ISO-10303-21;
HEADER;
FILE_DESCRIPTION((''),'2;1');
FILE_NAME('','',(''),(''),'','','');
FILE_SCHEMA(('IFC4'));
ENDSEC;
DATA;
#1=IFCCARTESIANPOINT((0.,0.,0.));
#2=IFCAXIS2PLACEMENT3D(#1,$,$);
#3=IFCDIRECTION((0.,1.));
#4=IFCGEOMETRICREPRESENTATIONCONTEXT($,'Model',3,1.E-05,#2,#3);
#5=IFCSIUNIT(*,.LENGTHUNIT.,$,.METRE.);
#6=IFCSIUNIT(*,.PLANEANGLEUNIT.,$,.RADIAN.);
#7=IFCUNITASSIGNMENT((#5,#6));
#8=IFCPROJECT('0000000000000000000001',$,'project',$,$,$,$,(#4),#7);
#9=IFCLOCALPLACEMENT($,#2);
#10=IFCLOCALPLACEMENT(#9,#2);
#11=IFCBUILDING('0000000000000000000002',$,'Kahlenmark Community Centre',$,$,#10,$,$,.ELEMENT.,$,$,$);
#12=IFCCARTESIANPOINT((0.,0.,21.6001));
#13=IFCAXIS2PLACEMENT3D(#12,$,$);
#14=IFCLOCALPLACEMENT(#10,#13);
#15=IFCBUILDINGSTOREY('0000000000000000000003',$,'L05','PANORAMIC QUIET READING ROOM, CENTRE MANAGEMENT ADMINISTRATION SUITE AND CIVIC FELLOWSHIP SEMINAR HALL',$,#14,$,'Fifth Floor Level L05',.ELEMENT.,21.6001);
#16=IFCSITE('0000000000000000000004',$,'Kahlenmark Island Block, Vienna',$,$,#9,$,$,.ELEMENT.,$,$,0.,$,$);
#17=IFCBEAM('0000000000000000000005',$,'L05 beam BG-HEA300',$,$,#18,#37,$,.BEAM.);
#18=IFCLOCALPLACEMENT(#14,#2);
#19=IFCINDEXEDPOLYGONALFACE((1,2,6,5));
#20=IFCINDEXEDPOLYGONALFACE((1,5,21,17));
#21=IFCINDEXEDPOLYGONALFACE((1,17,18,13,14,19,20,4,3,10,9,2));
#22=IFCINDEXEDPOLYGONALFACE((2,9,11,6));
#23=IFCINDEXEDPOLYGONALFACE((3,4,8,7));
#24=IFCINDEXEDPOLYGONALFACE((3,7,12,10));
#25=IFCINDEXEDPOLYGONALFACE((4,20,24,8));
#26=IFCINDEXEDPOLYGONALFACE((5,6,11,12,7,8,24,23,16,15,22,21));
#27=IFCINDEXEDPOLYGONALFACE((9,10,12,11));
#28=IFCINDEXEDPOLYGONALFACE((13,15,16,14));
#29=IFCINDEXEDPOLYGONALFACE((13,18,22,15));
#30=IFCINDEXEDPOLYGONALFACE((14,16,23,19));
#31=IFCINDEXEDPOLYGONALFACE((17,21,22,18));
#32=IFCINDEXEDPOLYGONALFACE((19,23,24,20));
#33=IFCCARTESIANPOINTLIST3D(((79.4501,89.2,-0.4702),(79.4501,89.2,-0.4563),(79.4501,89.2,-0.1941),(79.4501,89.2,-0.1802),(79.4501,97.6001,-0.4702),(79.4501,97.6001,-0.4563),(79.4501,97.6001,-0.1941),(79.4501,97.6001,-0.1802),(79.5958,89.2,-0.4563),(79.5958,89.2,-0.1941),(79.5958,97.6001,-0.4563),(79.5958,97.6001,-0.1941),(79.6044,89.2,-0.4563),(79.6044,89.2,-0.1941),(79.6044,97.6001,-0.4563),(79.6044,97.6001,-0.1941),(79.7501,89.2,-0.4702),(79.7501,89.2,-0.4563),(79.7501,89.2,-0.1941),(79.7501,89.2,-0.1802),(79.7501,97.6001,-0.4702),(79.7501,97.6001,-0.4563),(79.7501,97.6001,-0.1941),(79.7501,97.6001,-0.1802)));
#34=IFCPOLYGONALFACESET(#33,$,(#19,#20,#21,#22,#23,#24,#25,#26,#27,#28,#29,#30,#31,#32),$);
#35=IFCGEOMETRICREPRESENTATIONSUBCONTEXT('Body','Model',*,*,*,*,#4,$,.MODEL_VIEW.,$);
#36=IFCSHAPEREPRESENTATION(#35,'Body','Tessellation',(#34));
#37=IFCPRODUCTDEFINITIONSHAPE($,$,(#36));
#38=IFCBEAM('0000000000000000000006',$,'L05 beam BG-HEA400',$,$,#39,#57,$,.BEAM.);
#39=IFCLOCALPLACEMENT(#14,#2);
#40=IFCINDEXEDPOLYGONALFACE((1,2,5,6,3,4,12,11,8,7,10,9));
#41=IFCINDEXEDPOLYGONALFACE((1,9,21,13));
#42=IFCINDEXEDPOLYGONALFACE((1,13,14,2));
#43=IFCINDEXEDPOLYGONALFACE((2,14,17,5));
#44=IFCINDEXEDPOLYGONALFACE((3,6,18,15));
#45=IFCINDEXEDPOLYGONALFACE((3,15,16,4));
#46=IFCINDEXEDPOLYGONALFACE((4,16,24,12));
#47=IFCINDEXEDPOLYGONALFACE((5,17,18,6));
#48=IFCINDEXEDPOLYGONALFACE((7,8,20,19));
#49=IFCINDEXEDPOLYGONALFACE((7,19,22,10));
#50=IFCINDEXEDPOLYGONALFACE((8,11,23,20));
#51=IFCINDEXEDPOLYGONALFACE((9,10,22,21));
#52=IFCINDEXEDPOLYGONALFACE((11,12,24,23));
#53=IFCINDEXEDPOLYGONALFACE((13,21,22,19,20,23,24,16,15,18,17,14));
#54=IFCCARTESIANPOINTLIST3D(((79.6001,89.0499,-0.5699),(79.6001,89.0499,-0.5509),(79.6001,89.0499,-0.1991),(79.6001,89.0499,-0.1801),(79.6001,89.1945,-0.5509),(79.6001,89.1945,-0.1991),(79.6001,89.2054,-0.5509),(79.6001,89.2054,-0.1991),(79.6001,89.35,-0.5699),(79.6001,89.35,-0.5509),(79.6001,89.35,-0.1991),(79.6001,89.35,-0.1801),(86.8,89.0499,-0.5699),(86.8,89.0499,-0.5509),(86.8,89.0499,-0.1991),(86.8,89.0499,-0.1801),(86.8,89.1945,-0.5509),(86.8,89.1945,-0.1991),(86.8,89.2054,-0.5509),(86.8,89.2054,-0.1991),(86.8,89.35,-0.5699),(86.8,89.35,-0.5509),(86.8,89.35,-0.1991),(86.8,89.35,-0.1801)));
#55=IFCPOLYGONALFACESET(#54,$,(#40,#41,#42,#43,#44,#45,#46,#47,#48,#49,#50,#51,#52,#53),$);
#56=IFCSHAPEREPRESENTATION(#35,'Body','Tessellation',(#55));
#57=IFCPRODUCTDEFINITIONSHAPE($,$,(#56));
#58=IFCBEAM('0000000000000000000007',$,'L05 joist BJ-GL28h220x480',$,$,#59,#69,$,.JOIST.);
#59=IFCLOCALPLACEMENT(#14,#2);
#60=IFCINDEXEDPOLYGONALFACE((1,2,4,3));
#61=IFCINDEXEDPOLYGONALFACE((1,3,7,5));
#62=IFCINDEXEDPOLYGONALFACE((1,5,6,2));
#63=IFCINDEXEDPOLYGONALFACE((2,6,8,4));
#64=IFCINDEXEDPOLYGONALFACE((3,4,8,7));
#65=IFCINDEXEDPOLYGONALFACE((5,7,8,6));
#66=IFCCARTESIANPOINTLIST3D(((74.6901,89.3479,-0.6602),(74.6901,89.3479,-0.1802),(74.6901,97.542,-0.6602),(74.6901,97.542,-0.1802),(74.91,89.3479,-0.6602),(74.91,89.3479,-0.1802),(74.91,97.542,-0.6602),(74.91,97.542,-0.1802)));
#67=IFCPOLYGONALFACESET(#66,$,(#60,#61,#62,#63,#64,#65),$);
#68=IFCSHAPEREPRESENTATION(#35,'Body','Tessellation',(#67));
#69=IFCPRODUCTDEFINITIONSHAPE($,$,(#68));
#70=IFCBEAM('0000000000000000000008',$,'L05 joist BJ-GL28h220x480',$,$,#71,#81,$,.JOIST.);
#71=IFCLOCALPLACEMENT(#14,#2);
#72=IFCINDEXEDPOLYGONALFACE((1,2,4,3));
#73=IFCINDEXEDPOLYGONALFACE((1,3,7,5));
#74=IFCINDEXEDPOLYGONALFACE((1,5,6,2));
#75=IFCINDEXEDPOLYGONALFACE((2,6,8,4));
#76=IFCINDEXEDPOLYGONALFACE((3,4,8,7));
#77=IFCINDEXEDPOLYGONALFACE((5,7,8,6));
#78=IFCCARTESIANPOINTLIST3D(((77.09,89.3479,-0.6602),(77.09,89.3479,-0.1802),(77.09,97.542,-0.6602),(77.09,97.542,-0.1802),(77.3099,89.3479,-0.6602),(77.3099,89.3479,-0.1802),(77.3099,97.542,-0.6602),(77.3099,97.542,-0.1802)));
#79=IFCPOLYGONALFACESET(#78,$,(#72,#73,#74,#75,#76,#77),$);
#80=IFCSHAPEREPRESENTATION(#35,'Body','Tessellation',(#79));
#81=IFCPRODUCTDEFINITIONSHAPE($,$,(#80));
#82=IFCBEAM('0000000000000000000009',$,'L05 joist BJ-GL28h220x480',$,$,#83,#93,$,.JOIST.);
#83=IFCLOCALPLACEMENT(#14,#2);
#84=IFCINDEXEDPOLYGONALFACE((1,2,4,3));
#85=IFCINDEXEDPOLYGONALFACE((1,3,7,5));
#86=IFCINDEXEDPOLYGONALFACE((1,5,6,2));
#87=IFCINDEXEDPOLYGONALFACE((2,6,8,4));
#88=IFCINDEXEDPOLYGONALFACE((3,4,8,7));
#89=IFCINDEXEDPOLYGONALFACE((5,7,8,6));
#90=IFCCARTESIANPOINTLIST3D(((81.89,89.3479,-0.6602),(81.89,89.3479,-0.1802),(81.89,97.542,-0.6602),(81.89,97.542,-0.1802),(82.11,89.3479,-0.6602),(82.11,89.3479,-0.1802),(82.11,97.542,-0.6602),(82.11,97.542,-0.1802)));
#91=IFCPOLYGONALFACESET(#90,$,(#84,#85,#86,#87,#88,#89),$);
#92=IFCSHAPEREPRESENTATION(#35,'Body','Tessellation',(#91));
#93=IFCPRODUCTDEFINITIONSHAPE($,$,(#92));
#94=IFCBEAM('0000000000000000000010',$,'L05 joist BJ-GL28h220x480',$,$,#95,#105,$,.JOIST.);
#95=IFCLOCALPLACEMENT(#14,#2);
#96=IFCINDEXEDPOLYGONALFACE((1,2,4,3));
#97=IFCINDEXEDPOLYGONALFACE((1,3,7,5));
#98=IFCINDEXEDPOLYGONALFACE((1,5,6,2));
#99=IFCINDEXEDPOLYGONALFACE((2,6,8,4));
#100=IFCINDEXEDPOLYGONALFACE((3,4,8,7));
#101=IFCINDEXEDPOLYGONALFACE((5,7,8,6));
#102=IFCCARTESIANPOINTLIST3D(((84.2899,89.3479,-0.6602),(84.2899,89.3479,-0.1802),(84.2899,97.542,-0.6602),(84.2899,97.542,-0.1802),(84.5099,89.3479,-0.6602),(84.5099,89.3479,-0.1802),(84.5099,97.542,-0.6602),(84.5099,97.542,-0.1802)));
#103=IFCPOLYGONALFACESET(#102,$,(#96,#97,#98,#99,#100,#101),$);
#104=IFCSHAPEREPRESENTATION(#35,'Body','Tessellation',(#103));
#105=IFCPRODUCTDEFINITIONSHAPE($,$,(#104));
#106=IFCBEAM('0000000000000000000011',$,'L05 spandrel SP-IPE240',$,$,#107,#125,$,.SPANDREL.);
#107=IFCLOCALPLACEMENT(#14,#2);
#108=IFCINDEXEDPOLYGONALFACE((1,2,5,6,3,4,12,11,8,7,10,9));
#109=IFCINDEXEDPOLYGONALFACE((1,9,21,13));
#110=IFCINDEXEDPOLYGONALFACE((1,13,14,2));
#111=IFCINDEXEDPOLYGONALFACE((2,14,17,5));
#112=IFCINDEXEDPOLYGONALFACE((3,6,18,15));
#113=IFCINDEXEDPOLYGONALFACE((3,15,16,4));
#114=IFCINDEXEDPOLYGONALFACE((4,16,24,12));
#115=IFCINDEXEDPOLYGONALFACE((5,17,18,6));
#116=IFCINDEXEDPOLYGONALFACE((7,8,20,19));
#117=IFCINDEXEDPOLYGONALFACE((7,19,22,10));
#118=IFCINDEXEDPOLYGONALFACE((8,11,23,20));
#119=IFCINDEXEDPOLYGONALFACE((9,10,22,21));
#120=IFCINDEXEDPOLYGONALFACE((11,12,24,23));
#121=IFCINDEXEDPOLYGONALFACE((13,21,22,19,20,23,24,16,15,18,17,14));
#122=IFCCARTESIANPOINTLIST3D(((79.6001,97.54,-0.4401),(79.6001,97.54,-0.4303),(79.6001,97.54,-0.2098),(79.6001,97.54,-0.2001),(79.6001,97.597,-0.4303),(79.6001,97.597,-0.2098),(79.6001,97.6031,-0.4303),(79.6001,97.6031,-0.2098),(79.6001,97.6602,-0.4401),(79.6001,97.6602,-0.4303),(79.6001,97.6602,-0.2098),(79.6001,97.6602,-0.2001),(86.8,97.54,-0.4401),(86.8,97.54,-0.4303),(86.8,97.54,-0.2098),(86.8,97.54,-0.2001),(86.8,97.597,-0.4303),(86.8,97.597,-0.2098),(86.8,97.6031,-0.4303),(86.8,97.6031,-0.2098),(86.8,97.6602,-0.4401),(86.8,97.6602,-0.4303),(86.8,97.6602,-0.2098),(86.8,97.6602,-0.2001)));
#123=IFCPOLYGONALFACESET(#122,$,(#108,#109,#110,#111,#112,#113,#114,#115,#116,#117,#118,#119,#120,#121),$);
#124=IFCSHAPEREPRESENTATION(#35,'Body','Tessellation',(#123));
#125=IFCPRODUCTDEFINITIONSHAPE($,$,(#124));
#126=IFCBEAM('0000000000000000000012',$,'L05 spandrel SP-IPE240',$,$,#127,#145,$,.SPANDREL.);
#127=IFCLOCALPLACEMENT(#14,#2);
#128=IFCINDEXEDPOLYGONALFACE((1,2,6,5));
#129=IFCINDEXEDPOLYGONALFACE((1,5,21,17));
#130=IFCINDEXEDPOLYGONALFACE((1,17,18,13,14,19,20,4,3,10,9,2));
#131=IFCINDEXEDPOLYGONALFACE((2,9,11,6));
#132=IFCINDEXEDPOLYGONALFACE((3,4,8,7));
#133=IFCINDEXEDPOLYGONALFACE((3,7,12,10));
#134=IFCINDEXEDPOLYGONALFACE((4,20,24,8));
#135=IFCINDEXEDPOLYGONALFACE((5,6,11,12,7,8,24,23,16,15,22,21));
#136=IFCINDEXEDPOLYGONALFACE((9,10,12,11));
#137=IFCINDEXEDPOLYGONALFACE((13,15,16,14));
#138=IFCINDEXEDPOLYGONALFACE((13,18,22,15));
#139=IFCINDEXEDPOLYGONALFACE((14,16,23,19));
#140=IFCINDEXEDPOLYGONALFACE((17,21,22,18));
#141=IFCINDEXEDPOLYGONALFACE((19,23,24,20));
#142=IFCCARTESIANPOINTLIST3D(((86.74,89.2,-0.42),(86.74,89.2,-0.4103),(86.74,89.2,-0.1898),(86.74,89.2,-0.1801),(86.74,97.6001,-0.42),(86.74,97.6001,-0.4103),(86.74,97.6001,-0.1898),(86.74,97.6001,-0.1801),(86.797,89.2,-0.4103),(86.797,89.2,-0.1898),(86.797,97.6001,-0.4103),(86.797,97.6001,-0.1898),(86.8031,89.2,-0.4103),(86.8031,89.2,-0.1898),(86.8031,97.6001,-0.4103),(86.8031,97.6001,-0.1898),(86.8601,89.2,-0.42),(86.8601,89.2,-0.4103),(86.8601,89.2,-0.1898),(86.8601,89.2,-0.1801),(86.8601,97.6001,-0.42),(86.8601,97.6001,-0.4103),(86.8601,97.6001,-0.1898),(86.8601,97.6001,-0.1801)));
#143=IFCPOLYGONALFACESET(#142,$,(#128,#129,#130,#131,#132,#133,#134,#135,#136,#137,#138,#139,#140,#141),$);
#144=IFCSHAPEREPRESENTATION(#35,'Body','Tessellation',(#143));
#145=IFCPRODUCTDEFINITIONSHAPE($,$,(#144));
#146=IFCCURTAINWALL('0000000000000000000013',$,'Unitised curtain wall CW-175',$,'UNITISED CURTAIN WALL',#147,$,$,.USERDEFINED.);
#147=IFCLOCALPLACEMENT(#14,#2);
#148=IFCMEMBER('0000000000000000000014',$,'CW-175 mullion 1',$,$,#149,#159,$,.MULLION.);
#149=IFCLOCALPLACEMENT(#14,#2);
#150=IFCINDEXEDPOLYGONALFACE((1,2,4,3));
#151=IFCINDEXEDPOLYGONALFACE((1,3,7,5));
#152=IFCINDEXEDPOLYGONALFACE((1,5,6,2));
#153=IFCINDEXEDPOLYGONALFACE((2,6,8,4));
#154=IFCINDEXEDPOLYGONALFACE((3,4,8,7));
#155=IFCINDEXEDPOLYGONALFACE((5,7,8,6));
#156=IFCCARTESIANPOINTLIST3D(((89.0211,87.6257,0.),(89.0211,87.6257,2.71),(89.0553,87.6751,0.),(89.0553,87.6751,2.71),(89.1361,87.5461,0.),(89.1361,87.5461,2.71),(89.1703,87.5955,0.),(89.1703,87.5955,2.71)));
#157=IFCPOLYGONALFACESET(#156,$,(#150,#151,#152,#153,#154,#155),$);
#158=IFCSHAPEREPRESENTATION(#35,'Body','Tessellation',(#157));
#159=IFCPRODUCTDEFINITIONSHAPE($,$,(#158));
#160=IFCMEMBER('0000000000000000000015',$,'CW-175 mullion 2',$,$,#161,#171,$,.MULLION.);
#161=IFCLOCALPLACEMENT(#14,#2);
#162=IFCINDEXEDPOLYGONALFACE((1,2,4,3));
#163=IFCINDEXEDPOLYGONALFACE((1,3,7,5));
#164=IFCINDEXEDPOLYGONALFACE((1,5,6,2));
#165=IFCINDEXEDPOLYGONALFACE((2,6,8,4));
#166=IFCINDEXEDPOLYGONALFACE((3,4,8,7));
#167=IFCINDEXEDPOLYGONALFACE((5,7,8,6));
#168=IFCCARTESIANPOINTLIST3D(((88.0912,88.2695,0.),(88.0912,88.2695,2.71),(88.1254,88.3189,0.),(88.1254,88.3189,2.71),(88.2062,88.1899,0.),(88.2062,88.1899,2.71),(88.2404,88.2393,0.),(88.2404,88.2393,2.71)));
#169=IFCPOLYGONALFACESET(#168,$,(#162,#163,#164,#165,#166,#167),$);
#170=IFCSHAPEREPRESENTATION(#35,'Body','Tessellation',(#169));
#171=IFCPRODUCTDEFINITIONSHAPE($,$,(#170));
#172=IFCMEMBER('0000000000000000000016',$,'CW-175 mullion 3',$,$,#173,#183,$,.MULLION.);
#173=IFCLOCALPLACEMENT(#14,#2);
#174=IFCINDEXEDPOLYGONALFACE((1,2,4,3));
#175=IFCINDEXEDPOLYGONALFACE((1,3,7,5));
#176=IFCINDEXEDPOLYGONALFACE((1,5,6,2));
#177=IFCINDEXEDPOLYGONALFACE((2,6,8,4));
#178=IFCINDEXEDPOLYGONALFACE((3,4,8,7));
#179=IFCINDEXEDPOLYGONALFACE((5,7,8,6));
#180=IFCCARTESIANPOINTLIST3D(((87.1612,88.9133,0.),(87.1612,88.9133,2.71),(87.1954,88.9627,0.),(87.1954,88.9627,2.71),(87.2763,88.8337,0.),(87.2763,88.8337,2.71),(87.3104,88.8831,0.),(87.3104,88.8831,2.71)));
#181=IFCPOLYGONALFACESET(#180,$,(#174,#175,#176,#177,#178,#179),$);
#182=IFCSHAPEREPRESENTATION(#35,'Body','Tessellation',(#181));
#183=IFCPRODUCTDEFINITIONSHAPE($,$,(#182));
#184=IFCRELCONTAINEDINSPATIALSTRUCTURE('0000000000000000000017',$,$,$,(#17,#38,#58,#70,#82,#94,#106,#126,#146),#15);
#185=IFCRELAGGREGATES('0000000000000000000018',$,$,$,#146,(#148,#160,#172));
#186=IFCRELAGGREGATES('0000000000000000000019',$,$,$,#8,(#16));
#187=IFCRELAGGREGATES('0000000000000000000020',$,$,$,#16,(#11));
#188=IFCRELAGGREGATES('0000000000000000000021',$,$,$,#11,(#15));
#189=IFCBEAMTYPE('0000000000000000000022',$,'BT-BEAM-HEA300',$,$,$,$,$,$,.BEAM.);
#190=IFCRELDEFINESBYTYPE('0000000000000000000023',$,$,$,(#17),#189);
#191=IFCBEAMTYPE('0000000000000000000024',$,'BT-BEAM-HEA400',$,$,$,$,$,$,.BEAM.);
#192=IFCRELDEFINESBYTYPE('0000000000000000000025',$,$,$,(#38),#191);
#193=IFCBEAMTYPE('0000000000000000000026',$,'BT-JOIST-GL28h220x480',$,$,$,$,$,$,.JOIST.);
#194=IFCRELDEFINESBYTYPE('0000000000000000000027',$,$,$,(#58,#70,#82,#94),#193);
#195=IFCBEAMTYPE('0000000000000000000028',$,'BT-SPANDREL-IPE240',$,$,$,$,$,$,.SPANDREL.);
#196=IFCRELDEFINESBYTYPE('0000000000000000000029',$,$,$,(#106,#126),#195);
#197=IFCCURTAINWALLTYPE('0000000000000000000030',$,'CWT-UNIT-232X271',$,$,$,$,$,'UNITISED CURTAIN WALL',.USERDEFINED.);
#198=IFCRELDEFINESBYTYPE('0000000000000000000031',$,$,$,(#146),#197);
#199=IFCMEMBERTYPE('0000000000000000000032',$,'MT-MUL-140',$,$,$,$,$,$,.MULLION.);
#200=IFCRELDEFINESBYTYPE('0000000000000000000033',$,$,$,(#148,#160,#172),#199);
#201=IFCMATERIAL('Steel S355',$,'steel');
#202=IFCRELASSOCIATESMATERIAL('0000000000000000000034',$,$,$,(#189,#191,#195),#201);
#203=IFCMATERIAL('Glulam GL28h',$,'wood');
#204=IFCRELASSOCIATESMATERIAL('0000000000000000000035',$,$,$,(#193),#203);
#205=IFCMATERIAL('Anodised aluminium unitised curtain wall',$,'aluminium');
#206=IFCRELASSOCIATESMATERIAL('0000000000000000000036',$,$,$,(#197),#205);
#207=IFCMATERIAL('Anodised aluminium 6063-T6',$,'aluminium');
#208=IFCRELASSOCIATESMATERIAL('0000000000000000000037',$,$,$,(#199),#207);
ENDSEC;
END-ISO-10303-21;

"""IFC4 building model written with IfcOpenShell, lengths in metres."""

from ifc_helpers import new_model, si_unit, direction, frame, origin, origin_2d, place, context, subcontext, project, spatial, rectangle, i_section, extrude, material, material_profile, profile_set, type_object, element, aggregate, save


model = new_model("IFC4")

# Units and contexts
model_context = context("Model", 3, precision=1e-05, world=origin(), true_north=direction((0.0, 1.0)))
body_context = subcontext(model_context, "Body", "Model", "MODEL_VIEW")
ifc_project = project(units=[si_unit("LENGTHUNIT", "METRE"), si_unit("PLANEANGLEUNIT", "RADIAN")], contexts=[model_context])

# Site, building, storey
site_placement = place(None, origin())
site = spatial("IfcSite", under=ifc_project, at=site_placement, Name="Kahlenmark Island Block, Vienna", CompositionType="ELEMENT", RefElevation=0.0)
building_placement = place(site_placement, origin())
building = spatial("IfcBuilding", under=site, at=building_placement, Name="Kahlenmark Community Centre", CompositionType="ELEMENT")
storey_placement = place(building_placement, frame((0.0, 0.0, 21.6001)))
storey = spatial("IfcBuildingStorey", under=building, at=storey_placement, Name="L05", Description="PANORAMIC QUIET READING ROOM, CENTRE MANAGEMENT ADMINISTRATION SUITE AND CIVIC FELLOWSHIP SEMINAR HALL", LongName="Fifth Floor Level L05", CompositionType="ELEMENT", Elevation=21.6001)

# Shared definitions
ifc_material_1 = material(Name="Steel S355", Category="steel")

# Beams
ifc_material_profile_1 = material_profile(ifc_material_1, i_section(OverallWidth=0.3, OverallDepth=0.29, WebThickness=0.0085, FlangeThickness=0.0139, at=origin_2d()), Name="HEA 300")
ifc_profile_set_1 = profile_set([ifc_material_profile_1], Name="Steel S355")
beam_type_1 = type_object("IfcBeamType", Name="BT-BEAM-HEA300", PredefinedType="BEAM", material=ifc_profile_set_1)
beam_1_placement = place(storey_placement, frame((79.6001, 89.2, -0.3252), z_axis=(0.0, 1.0, 0.0), x_axis=(-1.0, 0.0, 0.0)))
element("IfcBeam", 1, at=beam_1_placement, inside=storey, type_object=beam_type_1, Name="L05 beam BG-HEA300", PredefinedType="BEAM", context=body_context, shape_type="SweptSolid", body=[
    extrude(i_section(OverallWidth=0.3, OverallDepth=0.29, WebThickness=0.0085, FlangeThickness=0.0139, at=origin_2d()), origin(), (0.0, 0.0, 1.0), 8.4001),
])
ifc_material_profile_2 = material_profile(ifc_material_1, i_section(OverallWidth=0.3, OverallDepth=0.3899, WebThickness=0.011, FlangeThickness=0.019, at=origin_2d()), Name="HEA 400")
ifc_profile_set_2 = profile_set([ifc_material_profile_2], Name="Steel S355")
beam_type_2 = type_object("IfcBeamType", Name="BT-BEAM-HEA400", PredefinedType="BEAM", material=ifc_profile_set_2)
beam_2_placement = place(storey_placement, frame((79.6001, 89.2, -0.375), z_axis=(1.0, 0.0, 0.0), x_axis=(0.0, 1.0, 0.0)))
element("IfcBeam", 2, at=beam_2_placement, inside=storey, type_object=beam_type_2, Name="L05 beam BG-HEA400", PredefinedType="BEAM", context=body_context, shape_type="SweptSolid", body=[
    extrude(i_section(OverallWidth=0.3, OverallDepth=0.3899, WebThickness=0.011, FlangeThickness=0.019, at=origin_2d()), origin(), (0.0, 0.0, 1.0), 7.2),
])
ifc_material_2 = material(Name="Glulam GL28h", Category="wood")
ifc_material_profile_3 = material_profile(ifc_material_2, rectangle(XDim=0.22, YDim=0.48, at=origin_2d()), Name="GL28h 220x480")
ifc_profile_set_3 = profile_set([ifc_material_profile_3], Name="Glulam GL28h")
beam_type_3 = type_object("IfcBeamType", Name="BT-JOIST-GL28h220x480", PredefinedType="JOIST", material=ifc_profile_set_3)
for number, where, z_axis, x_axis, name in (
    (3, (74.8, 89.3479, -0.4202), (0.0, 1.0, 0.0), (-1.0, 0.0, 0.0), "L05 joist BJ-GL28h220x480"),
    (4, (77.2, 89.3479, -0.4202), (0.0, 1.0, 0.0), (-1.0, 0.0, 0.0), "L05 joist BJ-GL28h220x480"),
    (5, (82.0, 89.3479, -0.4202), (0.0, 1.0, 0.0), (-1.0, 0.0, 0.0), "L05 joist BJ-GL28h220x480"),
    (6, (84.3999, 89.3479, -0.4202), (0.0, 1.0, 0.0), (-1.0, 0.0, 0.0), "L05 joist BJ-GL28h220x480"),
):
    element("IfcBeam", number, at=place(storey_placement, frame(where, z_axis=z_axis, x_axis=x_axis)), inside=storey, type_object=beam_type_3, Name=name, PredefinedType="JOIST", context=body_context, shape_type="SweptSolid", body=[
        extrude(rectangle(XDim=0.22, YDim=0.48, at=origin_2d()), origin(), (0.0, 0.0, 1.0), 8.1941),
    ])
ifc_material_profile_4 = material_profile(ifc_material_1, i_section(OverallWidth=0.1201, OverallDepth=0.24, WebThickness=0.0061, FlangeThickness=0.0098, at=origin_2d()), Name="IPE 240")
ifc_profile_set_4 = profile_set([ifc_material_profile_4], Name="Steel S355")
beam_type_4 = type_object("IfcBeamType", Name="BT-SPANDREL-IPE240", PredefinedType="SPANDREL", material=ifc_profile_set_4)
beam_3_placement = place(storey_placement, frame((79.6001, 97.6001, -0.3201), z_axis=(1.0, 0.0, 0.0), x_axis=(0.0, 1.0, 0.0)))
element("IfcBeam", 7, at=beam_3_placement, inside=storey, type_object=beam_type_4, Name="L05 spandrel SP-IPE240", PredefinedType="SPANDREL", context=body_context, shape_type="SweptSolid", body=[
    extrude(i_section(OverallWidth=0.1201, OverallDepth=0.24, WebThickness=0.0061, FlangeThickness=0.0098, at=origin_2d()), origin(), (0.0, 0.0, 1.0), 7.2),
])
beam_4_placement = place(storey_placement, frame((86.8, 89.2, -0.3), z_axis=(0.0, 1.0, 0.0), x_axis=(-1.0, 0.0, 0.0)))
element("IfcBeam", 8, at=beam_4_placement, inside=storey, type_object=beam_type_4, Name="L05 spandrel SP-IPE240", PredefinedType="SPANDREL", context=body_context, shape_type="SweptSolid", body=[
    extrude(i_section(OverallWidth=0.1201, OverallDepth=0.24, WebThickness=0.0061, FlangeThickness=0.0098, at=origin_2d()), origin(), (0.0, 0.0, 1.0), 8.4001),
])

# Curtain wall, members
ifc_material_3 = material(Name="Anodised aluminium unitised curtain wall", Category="aluminium")
curtain_wall_type = type_object("IfcCurtainWallType", Name="CWT-UNIT-232X271", ElementType="UNITISED CURTAIN WALL", PredefinedType="USERDEFINED", material=ifc_material_3)
curtain_wall_placement = place(storey_placement, origin())
curtain_wall = element("IfcCurtainWall", 9, at=curtain_wall_placement, inside=storey, type_object=curtain_wall_type, Name="Unitised curtain wall CW-175", ObjectType="UNITISED CURTAIN WALL", PredefinedType="USERDEFINED")
ifc_material_4 = material(Name="Anodised aluminium 6063-T6", Category="aluminium")
ifc_material_profile_5 = material_profile(ifc_material_4, rectangle(XDim=0.0601, YDim=0.1399, at=origin_2d()), Name="ALU MULLION 60x140")
ifc_profile_set_5 = profile_set([ifc_material_profile_5], Name="Anodised aluminium 6063-T6")
member_type_1 = type_object("IfcMemberType", Name="MT-MUL-140", PredefinedType="MULLION", material=ifc_profile_set_5)
member_1_placement = place(storey_placement, frame((89.0957, 87.6106, 0.0), z_axis=(0.0, 0.0, 1.0), x_axis=(-0.569212, -0.822191, 0.0)))
member_1 = element("IfcMember", 10, at=member_1_placement, type_object=member_type_1, Name="CW-175 mullion 1", PredefinedType="MULLION", context=body_context, shape_type="SweptSolid", body=[
    extrude(rectangle(XDim=0.0601, YDim=0.1399, at=origin_2d()), origin(), (0.0, 0.0, 1.0), 2.71),
])
member_2_placement = place(storey_placement, frame((88.1658, 88.2544, 0.0), z_axis=(0.0, 0.0, 1.0), x_axis=(-0.569212, -0.822191, 0.0)))
member_2 = element("IfcMember", 11, at=member_2_placement, type_object=member_type_1, Name="CW-175 mullion 2", PredefinedType="MULLION", context=body_context, shape_type="SweptSolid", body=[
    extrude(rectangle(XDim=0.0601, YDim=0.1399, at=origin_2d()), origin(), (0.0, 0.0, 1.0), 2.71),
])
member_3_placement = place(storey_placement, frame((87.2358, 88.8982, 0.0), z_axis=(0.0, 0.0, 1.0), x_axis=(-0.569212, -0.822191, 0.0)))
member_3 = element("IfcMember", 12, at=member_3_placement, type_object=member_type_1, Name="CW-175 mullion 3", PredefinedType="MULLION", context=body_context, shape_type="SweptSolid", body=[
    extrude(rectangle(XDim=0.0601, YDim=0.1399, at=origin_2d()), origin(), (0.0, 0.0, 1.0), 2.71),
])
aggregate(curtain_wall, [member_1, member_2, member_3])

save(model, "model.ifc")
